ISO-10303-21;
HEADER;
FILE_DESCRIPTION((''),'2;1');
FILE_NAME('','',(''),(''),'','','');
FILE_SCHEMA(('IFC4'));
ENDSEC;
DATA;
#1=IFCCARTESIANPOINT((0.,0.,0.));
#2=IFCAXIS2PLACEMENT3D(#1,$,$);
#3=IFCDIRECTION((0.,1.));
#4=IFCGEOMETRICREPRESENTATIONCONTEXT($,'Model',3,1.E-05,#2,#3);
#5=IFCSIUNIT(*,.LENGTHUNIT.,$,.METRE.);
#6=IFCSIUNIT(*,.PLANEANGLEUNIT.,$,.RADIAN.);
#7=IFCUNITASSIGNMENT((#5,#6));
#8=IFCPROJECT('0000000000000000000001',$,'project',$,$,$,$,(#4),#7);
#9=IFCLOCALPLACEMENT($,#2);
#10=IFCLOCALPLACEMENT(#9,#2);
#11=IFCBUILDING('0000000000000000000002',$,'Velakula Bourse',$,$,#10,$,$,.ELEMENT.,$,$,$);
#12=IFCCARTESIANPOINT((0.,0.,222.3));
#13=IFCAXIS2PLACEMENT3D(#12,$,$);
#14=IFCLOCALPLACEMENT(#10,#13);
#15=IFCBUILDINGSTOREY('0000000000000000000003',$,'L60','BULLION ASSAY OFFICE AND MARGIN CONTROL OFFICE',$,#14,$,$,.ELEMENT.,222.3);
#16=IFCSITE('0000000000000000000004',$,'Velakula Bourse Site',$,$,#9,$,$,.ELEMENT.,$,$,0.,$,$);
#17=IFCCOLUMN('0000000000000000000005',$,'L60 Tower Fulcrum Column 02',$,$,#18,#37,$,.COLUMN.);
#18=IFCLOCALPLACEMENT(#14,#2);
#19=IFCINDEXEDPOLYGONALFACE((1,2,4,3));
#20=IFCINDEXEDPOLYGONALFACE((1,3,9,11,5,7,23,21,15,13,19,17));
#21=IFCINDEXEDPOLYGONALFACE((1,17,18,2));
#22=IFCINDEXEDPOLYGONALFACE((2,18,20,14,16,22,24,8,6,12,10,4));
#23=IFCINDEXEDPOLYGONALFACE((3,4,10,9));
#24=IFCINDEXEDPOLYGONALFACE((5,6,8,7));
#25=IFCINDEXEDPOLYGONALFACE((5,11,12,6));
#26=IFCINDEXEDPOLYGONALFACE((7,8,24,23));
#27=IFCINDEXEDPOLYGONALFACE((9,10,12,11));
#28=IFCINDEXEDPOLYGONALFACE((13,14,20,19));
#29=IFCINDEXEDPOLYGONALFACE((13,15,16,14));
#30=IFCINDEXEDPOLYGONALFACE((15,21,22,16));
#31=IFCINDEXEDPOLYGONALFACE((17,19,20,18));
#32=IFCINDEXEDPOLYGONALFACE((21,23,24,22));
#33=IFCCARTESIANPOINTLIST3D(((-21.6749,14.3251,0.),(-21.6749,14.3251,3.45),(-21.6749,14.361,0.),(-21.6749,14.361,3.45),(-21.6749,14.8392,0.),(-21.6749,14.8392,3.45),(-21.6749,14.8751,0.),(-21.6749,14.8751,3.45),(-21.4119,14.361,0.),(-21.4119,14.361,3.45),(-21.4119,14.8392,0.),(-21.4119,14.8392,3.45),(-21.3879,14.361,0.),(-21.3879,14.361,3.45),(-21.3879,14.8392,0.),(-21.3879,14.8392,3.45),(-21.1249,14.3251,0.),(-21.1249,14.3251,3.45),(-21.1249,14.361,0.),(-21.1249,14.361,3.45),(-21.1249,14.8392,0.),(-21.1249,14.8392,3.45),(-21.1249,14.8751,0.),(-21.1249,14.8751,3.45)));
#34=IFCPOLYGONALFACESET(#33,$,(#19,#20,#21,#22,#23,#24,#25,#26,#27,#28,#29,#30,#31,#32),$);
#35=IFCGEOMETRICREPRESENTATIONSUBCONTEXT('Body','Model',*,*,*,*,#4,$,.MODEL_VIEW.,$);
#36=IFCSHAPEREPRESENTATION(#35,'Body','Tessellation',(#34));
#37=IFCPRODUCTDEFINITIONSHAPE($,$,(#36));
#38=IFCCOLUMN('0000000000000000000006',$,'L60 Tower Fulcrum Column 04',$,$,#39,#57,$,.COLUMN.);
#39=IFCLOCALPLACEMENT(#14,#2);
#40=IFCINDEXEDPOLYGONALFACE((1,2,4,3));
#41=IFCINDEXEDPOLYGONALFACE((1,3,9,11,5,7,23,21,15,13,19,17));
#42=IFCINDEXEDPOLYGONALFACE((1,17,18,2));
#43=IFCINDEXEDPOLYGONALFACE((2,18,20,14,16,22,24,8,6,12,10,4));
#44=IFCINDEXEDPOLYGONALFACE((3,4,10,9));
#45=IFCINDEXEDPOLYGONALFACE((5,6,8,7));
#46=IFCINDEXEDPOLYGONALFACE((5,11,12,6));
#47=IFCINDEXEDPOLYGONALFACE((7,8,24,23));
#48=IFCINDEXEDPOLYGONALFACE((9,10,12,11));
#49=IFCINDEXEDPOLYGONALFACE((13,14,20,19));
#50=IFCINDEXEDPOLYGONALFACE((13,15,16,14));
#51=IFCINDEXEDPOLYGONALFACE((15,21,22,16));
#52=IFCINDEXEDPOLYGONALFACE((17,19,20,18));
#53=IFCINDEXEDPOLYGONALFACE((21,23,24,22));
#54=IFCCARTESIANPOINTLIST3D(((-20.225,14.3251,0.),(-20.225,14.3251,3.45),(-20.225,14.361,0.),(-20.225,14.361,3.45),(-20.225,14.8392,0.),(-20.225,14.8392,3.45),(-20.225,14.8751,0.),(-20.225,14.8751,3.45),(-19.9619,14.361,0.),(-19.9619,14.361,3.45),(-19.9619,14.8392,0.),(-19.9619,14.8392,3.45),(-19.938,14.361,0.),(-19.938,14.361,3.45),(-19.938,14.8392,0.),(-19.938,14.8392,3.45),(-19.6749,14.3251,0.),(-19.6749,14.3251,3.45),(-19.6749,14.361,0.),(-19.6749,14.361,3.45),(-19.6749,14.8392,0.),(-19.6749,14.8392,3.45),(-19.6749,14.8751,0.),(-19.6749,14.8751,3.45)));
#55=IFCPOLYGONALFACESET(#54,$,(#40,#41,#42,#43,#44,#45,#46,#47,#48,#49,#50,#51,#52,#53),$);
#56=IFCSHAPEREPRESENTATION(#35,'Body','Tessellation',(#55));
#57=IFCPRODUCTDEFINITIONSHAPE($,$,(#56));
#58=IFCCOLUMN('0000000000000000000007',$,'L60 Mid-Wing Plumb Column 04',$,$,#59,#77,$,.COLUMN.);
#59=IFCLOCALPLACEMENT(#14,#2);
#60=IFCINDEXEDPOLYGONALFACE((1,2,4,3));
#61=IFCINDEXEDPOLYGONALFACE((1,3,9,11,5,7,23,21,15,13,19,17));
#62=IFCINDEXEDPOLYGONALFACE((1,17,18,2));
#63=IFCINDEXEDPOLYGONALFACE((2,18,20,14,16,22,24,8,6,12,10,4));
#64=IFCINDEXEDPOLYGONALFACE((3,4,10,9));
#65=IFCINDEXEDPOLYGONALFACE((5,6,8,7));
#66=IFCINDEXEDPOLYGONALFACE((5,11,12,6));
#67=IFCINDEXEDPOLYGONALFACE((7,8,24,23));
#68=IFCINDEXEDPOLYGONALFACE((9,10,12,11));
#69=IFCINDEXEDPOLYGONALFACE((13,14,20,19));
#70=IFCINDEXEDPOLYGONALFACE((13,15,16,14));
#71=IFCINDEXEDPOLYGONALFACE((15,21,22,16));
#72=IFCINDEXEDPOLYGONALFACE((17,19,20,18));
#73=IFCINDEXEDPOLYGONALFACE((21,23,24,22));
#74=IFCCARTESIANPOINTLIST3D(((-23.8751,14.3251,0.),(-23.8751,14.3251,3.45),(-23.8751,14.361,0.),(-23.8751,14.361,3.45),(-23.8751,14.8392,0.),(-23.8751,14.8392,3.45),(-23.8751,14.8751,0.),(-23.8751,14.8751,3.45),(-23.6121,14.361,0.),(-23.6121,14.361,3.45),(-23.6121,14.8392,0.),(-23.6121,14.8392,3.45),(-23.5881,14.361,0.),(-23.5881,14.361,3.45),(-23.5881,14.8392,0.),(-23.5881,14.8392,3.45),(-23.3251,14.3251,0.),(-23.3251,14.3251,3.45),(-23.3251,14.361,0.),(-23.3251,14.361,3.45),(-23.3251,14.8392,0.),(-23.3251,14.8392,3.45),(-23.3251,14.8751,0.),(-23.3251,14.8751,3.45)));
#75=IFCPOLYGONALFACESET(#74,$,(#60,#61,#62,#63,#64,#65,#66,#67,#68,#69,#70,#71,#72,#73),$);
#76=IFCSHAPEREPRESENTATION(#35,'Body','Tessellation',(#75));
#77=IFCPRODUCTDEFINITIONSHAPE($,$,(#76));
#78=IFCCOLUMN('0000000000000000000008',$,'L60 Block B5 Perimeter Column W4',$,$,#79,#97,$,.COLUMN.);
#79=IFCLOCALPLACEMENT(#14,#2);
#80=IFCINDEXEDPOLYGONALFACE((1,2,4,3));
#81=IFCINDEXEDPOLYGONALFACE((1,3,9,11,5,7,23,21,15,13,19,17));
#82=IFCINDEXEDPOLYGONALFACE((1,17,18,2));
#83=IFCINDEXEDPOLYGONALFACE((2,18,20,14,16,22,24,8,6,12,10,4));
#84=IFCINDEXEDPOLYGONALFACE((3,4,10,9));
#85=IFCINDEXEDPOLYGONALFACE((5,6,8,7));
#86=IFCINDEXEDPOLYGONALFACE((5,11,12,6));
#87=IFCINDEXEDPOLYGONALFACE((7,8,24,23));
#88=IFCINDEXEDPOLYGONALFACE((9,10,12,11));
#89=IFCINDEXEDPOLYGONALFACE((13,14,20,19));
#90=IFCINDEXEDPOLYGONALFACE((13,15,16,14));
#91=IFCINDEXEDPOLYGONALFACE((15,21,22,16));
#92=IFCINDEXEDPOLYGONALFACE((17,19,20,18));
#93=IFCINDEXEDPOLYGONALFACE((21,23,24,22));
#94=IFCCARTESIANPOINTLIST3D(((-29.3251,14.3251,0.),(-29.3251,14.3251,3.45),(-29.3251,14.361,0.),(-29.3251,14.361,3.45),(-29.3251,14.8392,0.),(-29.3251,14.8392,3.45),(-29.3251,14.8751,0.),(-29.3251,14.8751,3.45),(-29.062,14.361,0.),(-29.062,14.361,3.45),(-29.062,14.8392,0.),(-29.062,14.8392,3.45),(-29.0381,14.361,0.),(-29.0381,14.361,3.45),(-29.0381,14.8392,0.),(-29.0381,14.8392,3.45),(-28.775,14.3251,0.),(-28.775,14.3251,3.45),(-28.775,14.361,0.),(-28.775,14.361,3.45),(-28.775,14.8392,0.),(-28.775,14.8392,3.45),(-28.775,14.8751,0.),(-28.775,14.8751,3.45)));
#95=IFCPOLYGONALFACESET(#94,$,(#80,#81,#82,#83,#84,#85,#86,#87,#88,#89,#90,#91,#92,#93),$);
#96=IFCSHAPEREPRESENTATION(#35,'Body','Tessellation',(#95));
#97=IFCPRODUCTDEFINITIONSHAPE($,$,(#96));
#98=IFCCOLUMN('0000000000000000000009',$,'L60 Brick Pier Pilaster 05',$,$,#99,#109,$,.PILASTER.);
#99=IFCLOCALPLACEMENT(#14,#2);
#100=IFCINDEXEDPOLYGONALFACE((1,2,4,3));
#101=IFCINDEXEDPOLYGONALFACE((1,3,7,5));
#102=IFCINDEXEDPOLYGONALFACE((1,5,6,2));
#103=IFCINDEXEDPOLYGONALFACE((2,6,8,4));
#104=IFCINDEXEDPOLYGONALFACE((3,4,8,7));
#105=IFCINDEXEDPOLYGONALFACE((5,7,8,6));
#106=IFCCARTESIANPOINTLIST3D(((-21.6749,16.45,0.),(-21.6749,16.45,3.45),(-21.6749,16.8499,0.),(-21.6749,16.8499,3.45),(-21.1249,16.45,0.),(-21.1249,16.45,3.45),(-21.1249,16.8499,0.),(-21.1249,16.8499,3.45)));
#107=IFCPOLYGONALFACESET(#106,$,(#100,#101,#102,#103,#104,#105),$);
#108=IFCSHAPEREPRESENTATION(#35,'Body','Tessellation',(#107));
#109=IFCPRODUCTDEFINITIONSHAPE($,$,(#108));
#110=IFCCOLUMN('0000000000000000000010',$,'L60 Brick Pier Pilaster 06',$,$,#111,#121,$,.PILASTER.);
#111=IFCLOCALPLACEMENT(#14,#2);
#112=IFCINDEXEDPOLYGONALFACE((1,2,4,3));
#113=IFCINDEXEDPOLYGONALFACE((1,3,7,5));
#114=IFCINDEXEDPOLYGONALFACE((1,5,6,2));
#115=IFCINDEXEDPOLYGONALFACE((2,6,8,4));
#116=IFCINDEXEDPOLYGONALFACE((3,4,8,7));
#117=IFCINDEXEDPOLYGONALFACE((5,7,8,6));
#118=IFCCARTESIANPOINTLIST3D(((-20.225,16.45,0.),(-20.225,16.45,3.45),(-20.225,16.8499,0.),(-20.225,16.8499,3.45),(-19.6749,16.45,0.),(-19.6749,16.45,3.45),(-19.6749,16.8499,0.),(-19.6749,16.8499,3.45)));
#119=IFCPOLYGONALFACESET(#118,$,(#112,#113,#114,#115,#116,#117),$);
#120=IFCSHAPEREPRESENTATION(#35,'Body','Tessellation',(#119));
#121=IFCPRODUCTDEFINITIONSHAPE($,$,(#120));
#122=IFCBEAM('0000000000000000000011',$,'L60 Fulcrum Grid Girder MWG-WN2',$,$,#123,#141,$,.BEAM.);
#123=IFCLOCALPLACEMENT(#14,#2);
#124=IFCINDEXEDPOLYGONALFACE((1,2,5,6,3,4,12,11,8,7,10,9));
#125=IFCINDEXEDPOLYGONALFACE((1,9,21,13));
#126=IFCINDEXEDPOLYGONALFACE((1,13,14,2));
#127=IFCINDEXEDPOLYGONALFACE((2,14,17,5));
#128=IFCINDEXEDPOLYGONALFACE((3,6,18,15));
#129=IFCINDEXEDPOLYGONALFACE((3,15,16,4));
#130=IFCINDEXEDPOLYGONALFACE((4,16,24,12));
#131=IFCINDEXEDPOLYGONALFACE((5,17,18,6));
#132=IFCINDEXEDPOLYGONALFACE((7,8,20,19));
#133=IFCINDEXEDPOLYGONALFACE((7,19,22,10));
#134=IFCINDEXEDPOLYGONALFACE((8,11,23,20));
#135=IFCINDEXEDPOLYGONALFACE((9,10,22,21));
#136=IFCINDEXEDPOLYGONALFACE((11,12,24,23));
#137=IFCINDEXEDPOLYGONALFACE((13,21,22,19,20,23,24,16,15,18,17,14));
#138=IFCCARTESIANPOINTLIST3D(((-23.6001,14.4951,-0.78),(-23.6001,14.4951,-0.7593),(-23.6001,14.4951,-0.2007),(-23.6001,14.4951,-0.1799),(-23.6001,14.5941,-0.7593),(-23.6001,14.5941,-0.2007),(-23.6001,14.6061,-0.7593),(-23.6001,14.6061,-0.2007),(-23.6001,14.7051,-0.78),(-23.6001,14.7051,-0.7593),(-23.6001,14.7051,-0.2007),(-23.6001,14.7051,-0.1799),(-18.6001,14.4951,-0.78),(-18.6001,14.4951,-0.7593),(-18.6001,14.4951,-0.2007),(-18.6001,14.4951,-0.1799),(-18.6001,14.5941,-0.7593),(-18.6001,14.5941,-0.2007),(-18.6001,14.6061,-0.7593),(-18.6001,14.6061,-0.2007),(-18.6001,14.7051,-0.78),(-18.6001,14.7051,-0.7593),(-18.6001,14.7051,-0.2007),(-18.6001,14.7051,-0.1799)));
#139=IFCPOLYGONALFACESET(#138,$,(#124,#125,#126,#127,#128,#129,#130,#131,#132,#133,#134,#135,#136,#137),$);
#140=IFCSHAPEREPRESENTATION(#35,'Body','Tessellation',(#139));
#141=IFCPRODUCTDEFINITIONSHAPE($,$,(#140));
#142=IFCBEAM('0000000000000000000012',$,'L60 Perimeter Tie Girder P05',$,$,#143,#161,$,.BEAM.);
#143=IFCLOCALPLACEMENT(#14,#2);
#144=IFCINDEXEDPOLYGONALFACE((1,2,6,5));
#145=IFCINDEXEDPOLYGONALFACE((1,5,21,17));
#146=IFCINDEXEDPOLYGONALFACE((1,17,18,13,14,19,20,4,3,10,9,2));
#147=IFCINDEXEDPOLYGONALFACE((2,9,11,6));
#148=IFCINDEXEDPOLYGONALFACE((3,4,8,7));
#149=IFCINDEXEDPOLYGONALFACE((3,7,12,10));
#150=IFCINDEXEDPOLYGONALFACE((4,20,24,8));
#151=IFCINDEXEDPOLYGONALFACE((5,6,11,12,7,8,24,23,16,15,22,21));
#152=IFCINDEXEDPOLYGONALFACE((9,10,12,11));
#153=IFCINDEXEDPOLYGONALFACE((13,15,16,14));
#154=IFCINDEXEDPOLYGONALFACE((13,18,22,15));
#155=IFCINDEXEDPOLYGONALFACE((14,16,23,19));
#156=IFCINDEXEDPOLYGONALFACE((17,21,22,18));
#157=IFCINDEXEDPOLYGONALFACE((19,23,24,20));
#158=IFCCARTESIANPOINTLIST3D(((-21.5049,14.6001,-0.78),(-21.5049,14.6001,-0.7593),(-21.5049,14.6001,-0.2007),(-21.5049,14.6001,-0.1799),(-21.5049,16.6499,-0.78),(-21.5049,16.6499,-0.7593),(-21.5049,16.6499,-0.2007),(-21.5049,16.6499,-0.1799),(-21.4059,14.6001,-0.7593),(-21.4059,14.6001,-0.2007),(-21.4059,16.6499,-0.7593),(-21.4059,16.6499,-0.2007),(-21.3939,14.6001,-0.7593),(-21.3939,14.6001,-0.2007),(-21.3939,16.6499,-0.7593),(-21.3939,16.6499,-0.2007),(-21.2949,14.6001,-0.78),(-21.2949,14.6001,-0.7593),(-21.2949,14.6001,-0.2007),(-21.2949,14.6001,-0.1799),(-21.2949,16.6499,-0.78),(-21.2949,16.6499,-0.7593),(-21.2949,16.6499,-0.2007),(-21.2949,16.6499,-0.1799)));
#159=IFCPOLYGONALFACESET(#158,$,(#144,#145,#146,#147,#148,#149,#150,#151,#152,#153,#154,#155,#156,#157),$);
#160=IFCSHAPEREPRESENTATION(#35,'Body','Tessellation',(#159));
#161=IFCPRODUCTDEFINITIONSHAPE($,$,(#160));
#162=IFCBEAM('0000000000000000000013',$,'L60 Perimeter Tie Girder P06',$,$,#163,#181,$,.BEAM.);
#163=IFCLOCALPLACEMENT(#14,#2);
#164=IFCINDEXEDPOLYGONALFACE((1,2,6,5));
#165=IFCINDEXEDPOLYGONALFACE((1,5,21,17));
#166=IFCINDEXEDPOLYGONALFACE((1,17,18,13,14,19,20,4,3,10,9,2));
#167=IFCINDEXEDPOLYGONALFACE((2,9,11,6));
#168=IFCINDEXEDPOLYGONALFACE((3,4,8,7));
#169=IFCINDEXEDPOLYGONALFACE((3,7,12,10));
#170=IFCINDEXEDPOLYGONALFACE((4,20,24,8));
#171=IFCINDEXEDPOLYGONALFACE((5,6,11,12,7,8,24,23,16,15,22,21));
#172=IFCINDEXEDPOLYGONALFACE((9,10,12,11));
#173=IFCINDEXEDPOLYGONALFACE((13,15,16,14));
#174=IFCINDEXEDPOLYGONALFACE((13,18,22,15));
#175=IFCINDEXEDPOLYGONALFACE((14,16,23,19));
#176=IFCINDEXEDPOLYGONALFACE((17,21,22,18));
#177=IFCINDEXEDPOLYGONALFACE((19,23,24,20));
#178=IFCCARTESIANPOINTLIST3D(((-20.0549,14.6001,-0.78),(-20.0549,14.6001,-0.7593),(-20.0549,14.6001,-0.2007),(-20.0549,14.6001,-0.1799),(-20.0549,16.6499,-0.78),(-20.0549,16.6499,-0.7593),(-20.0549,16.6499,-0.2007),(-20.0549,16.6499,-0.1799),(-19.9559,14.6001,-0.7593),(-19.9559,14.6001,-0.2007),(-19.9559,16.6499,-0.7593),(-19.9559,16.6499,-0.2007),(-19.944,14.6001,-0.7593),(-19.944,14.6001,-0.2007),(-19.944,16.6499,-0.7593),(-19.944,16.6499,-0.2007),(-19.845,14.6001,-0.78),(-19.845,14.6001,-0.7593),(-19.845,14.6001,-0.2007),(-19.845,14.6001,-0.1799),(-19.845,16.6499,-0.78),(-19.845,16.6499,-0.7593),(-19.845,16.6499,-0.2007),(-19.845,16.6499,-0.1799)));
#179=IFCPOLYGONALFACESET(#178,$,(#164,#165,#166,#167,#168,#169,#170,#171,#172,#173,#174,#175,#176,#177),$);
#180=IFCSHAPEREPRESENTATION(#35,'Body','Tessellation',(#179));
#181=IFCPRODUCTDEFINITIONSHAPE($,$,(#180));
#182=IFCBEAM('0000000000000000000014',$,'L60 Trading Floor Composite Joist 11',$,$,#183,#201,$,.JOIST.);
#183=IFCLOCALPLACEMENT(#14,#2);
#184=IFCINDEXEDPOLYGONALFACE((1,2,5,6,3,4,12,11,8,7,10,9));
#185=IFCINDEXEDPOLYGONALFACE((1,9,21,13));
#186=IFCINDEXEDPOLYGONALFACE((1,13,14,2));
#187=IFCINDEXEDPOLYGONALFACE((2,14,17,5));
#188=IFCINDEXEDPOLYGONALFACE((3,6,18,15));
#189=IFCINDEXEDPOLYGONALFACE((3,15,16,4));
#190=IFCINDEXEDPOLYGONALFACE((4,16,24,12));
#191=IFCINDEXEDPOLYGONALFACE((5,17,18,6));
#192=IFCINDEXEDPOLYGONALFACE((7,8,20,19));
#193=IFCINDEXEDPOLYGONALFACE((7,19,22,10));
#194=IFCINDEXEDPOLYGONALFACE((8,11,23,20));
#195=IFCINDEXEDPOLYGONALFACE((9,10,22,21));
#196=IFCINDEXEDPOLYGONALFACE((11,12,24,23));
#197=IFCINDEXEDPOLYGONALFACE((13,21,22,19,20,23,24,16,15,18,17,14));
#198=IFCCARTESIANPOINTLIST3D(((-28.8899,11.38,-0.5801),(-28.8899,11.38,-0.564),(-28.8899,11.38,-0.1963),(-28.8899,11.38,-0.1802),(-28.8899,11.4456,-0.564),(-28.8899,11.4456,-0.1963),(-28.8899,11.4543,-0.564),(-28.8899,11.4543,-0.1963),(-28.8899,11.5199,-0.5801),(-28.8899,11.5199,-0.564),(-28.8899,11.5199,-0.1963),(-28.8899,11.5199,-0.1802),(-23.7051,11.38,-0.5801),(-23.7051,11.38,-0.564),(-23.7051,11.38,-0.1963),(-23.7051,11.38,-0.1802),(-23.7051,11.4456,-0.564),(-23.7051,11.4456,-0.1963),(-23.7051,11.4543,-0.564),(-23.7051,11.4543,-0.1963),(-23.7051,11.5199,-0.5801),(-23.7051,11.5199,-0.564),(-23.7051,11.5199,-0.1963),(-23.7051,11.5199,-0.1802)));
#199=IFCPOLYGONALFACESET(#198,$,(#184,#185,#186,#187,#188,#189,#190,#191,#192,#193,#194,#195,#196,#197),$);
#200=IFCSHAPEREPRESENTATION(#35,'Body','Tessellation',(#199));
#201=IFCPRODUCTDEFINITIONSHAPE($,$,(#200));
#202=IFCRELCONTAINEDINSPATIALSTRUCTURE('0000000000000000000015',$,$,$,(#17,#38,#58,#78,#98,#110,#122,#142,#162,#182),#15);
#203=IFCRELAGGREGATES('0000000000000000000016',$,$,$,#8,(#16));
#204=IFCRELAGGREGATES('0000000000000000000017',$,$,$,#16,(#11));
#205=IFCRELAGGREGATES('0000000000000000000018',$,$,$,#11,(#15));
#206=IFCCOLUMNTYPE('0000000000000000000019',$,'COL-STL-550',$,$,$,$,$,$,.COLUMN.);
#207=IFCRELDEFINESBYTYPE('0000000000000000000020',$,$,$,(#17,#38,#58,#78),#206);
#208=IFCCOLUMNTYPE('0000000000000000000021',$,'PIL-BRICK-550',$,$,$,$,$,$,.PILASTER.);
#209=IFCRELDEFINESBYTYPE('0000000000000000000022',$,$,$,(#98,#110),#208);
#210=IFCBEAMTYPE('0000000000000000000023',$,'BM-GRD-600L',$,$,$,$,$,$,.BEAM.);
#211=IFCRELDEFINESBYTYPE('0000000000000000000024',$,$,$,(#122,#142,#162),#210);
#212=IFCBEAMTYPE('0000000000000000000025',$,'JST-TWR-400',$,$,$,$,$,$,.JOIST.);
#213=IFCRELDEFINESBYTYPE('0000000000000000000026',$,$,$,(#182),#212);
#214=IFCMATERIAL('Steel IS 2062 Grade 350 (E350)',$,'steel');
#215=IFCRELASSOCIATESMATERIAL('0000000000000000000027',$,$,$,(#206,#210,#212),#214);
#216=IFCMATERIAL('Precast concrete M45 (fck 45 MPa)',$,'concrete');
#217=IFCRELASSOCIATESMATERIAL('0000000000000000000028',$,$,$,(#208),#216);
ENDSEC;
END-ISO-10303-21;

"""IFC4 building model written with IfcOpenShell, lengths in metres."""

from ifc_helpers import new_model, si_unit, direction, frame, origin, origin_2d, place, context, subcontext, project, spatial, rectangle, i_section, extrude, material, material_profile, profile_set, type_object, element, save


model = new_model("IFC4")

# Units and contexts
model_context = context("Model", 3, precision=1e-05, world=origin(), true_north=direction((0.0, 1.0)))
body_context = subcontext(model_context, "Body", "Model", "MODEL_VIEW")
ifc_project = project(units=[si_unit("LENGTHUNIT", "METRE"), si_unit("PLANEANGLEUNIT", "RADIAN")], contexts=[model_context])

# Site, building, storey
site_placement = place(None, origin())
site = spatial("IfcSite", under=ifc_project, at=site_placement, Name="Velakula Bourse Site", CompositionType="ELEMENT", RefElevation=0.0)
building_placement = place(site_placement, origin())
building = spatial("IfcBuilding", under=site, at=building_placement, Name="Velakula Bourse", CompositionType="ELEMENT")
storey_placement = place(building_placement, frame((0.0, 0.0, 222.3)))
storey = spatial("IfcBuildingStorey", under=building, at=storey_placement, Name="L60", Description="BULLION ASSAY OFFICE AND MARGIN CONTROL OFFICE", CompositionType="ELEMENT", Elevation=222.3)

# Columns
ifc_material_1 = material(Name="Steel IS 2062 Grade 350 (E350)", Category="steel")
ifc_material_profile_1 = material_profile(ifc_material_1, i_section(OverallWidth=0.55, OverallDepth=0.55, WebThickness=0.0239, FlangeThickness=0.0359, at=origin_2d()), Name="Steel IS 2062 Grade 350 (E350)")
ifc_profile_set_1 = profile_set([ifc_material_profile_1], Name="Steel IS 2062 Grade 350 (E350)")
column_type_1 = type_object("IfcColumnType", Name="COL-STL-550", PredefinedType="COLUMN", material=ifc_profile_set_1)
for number, where, z_axis, x_axis, name in (
    (1, (-21.3999, 14.6001, 0.0), (0.0, 0.0, 1.0), (1.0, 0.0, 0.0), "L60 Tower Fulcrum Column 02"),
    (2, (-19.95, 14.6001, 0.0), (0.0, 0.0, 1.0), (1.0, 0.0, 0.0), "L60 Tower Fulcrum Column 04"),
    (3, (-23.6001, 14.6001, 0.0), (0.0, 0.0, 1.0), (1.0, 0.0, 0.0), "L60 Mid-Wing Plumb Column 04"),
    (4, (-29.05, 14.6001, 0.0), (0.0, 0.0, 1.0), (1.0, 0.0, 0.0), "L60 Block B5 Perimeter Column W4"),
):
    element("IfcColumn", number, at=place(storey_placement, frame(where, z_axis=z_axis, x_axis=x_axis)), inside=storey, type_object=column_type_1, Name=name, PredefinedType="COLUMN", context=body_context, shape_type="SweptSolid", body=[
        extrude(i_section(OverallWidth=0.55, OverallDepth=0.55, WebThickness=0.0239, FlangeThickness=0.0359, at=origin_2d()), origin(), (0.0, 0.0, 1.0), 3.45),
    ])
ifc_material_2 = material(Name="Precast concrete M45 (fck 45 MPa)", Category="concrete")
ifc_material_profile_2 = material_profile(ifc_material_2, rectangle(XDim=0.55, YDim=0.3999, at=origin_2d()), Name="Precast concrete M45 (fck 45 MPa)")
ifc_profile_set_2 = profile_set([ifc_material_profile_2], Name="Precast concrete M45 (fck 45 MPa)")
column_type_2 = type_object("IfcColumnType", Name="PIL-BRICK-550", PredefinedType="PILASTER", material=ifc_profile_set_2)
for number, where, z_axis, x_axis, name in (
    (5, (-21.3999, 16.6499, 0.0), (0.0, 0.0, 1.0), (1.0, 0.0, 0.0), "L60 Brick Pier Pilaster 05"),
    (6, (-19.95, 16.6499, 0.0), (0.0, 0.0, 1.0), (1.0, 0.0, 0.0), "L60 Brick Pier Pilaster 06"),
):
    element("IfcColumn", number, at=place(storey_placement, frame(where, z_axis=z_axis, x_axis=x_axis)), inside=storey, type_object=column_type_2, Name=name, PredefinedType="PILASTER", context=body_context, shape_type="SweptSolid", body=[
        extrude(rectangle(XDim=0.55, YDim=0.3999, at=origin_2d()), origin(), (0.0, 0.0, 1.0), 3.45),
    ])

# Beams
ifc_material_profile_3 = material_profile(ifc_material_1, i_section(OverallWidth=0.21, OverallDepth=0.6001, WebThickness=0.012, FlangeThickness=0.0208, at=origin_2d()), Name="Steel IS 2062 Grade 350 (E350)")
ifc_profile_set_3 = profile_set([ifc_material_profile_3], Name="Steel IS 2062 Grade 350 (E350)")
beam_type_1 = type_object("IfcBeamType", Name="BM-GRD-600L", PredefinedType="BEAM", material=ifc_profile_set_3)
beam_1_placement = place(storey_placement, frame((-23.6001, 14.6001, -0.48), z_axis=(1.0, 0.0, 0.0), x_axis=(0.0, 1.0, 0.0)))
element("IfcBeam", 7, at=beam_1_placement, inside=storey, type_object=beam_type_1, Name="L60 Fulcrum Grid Girder MWG-WN2", PredefinedType="BEAM", context=body_context, shape_type="SweptSolid", body=[
    extrude(i_section(OverallWidth=0.21, OverallDepth=0.6001, WebThickness=0.012, FlangeThickness=0.0208, at=origin_2d()), origin(), (0.0, 0.0, 1.0), 5.0),
])
for number, where, z_axis, x_axis, name in (
    (8, (-21.3999, 14.6001, -0.48), (0.0, 1.0, 0.0), (-1.0, 0.0, 0.0), "L60 Perimeter Tie Girder P05"),
    (9, (-19.95, 14.6001, -0.48), (0.0, 1.0, 0.0), (-1.0, 0.0, 0.0), "L60 Perimeter Tie Girder P06"),
):
    element("IfcBeam", number, at=place(storey_placement, frame(where, z_axis=z_axis, x_axis=x_axis)), inside=storey, type_object=beam_type_1, Name=name, PredefinedType="BEAM", context=body_context, shape_type="SweptSolid", body=[
        extrude(i_section(OverallWidth=0.21, OverallDepth=0.6001, WebThickness=0.012, FlangeThickness=0.0208, at=origin_2d()), origin(), (0.0, 0.0, 1.0), 2.0498),
    ])
ifc_material_profile_4 = material_profile(ifc_material_1, i_section(OverallWidth=0.1399, OverallDepth=0.3999, WebThickness=0.0088, FlangeThickness=0.0161, at=origin_2d()), Name="Steel IS 2062 Grade 350 (E350)")
ifc_profile_set_4 = profile_set([ifc_material_profile_4], Name="Steel IS 2062 Grade 350 (E350)")
beam_type_2 = type_object("IfcBeamType", Name="JST-TWR-400", PredefinedType="JOIST", material=ifc_profile_set_4)
beam_2_placement = place(storey_placement, frame((-28.8899, 11.45, -0.3801), z_axis=(1.0, 0.0, 0.0), x_axis=(0.0, 1.0, 0.0)))
element("IfcBeam", 10, at=beam_2_placement, inside=storey, type_object=beam_type_2, Name="L60 Trading Floor Composite Joist 11", PredefinedType="JOIST", context=body_context, shape_type="SweptSolid", body=[
    extrude(i_section(OverallWidth=0.1399, OverallDepth=0.3999, WebThickness=0.0088, FlangeThickness=0.0161, at=origin_2d()), origin(), (0.0, 0.0, 1.0), 5.1848),
])

save(model, "model.ifc")
